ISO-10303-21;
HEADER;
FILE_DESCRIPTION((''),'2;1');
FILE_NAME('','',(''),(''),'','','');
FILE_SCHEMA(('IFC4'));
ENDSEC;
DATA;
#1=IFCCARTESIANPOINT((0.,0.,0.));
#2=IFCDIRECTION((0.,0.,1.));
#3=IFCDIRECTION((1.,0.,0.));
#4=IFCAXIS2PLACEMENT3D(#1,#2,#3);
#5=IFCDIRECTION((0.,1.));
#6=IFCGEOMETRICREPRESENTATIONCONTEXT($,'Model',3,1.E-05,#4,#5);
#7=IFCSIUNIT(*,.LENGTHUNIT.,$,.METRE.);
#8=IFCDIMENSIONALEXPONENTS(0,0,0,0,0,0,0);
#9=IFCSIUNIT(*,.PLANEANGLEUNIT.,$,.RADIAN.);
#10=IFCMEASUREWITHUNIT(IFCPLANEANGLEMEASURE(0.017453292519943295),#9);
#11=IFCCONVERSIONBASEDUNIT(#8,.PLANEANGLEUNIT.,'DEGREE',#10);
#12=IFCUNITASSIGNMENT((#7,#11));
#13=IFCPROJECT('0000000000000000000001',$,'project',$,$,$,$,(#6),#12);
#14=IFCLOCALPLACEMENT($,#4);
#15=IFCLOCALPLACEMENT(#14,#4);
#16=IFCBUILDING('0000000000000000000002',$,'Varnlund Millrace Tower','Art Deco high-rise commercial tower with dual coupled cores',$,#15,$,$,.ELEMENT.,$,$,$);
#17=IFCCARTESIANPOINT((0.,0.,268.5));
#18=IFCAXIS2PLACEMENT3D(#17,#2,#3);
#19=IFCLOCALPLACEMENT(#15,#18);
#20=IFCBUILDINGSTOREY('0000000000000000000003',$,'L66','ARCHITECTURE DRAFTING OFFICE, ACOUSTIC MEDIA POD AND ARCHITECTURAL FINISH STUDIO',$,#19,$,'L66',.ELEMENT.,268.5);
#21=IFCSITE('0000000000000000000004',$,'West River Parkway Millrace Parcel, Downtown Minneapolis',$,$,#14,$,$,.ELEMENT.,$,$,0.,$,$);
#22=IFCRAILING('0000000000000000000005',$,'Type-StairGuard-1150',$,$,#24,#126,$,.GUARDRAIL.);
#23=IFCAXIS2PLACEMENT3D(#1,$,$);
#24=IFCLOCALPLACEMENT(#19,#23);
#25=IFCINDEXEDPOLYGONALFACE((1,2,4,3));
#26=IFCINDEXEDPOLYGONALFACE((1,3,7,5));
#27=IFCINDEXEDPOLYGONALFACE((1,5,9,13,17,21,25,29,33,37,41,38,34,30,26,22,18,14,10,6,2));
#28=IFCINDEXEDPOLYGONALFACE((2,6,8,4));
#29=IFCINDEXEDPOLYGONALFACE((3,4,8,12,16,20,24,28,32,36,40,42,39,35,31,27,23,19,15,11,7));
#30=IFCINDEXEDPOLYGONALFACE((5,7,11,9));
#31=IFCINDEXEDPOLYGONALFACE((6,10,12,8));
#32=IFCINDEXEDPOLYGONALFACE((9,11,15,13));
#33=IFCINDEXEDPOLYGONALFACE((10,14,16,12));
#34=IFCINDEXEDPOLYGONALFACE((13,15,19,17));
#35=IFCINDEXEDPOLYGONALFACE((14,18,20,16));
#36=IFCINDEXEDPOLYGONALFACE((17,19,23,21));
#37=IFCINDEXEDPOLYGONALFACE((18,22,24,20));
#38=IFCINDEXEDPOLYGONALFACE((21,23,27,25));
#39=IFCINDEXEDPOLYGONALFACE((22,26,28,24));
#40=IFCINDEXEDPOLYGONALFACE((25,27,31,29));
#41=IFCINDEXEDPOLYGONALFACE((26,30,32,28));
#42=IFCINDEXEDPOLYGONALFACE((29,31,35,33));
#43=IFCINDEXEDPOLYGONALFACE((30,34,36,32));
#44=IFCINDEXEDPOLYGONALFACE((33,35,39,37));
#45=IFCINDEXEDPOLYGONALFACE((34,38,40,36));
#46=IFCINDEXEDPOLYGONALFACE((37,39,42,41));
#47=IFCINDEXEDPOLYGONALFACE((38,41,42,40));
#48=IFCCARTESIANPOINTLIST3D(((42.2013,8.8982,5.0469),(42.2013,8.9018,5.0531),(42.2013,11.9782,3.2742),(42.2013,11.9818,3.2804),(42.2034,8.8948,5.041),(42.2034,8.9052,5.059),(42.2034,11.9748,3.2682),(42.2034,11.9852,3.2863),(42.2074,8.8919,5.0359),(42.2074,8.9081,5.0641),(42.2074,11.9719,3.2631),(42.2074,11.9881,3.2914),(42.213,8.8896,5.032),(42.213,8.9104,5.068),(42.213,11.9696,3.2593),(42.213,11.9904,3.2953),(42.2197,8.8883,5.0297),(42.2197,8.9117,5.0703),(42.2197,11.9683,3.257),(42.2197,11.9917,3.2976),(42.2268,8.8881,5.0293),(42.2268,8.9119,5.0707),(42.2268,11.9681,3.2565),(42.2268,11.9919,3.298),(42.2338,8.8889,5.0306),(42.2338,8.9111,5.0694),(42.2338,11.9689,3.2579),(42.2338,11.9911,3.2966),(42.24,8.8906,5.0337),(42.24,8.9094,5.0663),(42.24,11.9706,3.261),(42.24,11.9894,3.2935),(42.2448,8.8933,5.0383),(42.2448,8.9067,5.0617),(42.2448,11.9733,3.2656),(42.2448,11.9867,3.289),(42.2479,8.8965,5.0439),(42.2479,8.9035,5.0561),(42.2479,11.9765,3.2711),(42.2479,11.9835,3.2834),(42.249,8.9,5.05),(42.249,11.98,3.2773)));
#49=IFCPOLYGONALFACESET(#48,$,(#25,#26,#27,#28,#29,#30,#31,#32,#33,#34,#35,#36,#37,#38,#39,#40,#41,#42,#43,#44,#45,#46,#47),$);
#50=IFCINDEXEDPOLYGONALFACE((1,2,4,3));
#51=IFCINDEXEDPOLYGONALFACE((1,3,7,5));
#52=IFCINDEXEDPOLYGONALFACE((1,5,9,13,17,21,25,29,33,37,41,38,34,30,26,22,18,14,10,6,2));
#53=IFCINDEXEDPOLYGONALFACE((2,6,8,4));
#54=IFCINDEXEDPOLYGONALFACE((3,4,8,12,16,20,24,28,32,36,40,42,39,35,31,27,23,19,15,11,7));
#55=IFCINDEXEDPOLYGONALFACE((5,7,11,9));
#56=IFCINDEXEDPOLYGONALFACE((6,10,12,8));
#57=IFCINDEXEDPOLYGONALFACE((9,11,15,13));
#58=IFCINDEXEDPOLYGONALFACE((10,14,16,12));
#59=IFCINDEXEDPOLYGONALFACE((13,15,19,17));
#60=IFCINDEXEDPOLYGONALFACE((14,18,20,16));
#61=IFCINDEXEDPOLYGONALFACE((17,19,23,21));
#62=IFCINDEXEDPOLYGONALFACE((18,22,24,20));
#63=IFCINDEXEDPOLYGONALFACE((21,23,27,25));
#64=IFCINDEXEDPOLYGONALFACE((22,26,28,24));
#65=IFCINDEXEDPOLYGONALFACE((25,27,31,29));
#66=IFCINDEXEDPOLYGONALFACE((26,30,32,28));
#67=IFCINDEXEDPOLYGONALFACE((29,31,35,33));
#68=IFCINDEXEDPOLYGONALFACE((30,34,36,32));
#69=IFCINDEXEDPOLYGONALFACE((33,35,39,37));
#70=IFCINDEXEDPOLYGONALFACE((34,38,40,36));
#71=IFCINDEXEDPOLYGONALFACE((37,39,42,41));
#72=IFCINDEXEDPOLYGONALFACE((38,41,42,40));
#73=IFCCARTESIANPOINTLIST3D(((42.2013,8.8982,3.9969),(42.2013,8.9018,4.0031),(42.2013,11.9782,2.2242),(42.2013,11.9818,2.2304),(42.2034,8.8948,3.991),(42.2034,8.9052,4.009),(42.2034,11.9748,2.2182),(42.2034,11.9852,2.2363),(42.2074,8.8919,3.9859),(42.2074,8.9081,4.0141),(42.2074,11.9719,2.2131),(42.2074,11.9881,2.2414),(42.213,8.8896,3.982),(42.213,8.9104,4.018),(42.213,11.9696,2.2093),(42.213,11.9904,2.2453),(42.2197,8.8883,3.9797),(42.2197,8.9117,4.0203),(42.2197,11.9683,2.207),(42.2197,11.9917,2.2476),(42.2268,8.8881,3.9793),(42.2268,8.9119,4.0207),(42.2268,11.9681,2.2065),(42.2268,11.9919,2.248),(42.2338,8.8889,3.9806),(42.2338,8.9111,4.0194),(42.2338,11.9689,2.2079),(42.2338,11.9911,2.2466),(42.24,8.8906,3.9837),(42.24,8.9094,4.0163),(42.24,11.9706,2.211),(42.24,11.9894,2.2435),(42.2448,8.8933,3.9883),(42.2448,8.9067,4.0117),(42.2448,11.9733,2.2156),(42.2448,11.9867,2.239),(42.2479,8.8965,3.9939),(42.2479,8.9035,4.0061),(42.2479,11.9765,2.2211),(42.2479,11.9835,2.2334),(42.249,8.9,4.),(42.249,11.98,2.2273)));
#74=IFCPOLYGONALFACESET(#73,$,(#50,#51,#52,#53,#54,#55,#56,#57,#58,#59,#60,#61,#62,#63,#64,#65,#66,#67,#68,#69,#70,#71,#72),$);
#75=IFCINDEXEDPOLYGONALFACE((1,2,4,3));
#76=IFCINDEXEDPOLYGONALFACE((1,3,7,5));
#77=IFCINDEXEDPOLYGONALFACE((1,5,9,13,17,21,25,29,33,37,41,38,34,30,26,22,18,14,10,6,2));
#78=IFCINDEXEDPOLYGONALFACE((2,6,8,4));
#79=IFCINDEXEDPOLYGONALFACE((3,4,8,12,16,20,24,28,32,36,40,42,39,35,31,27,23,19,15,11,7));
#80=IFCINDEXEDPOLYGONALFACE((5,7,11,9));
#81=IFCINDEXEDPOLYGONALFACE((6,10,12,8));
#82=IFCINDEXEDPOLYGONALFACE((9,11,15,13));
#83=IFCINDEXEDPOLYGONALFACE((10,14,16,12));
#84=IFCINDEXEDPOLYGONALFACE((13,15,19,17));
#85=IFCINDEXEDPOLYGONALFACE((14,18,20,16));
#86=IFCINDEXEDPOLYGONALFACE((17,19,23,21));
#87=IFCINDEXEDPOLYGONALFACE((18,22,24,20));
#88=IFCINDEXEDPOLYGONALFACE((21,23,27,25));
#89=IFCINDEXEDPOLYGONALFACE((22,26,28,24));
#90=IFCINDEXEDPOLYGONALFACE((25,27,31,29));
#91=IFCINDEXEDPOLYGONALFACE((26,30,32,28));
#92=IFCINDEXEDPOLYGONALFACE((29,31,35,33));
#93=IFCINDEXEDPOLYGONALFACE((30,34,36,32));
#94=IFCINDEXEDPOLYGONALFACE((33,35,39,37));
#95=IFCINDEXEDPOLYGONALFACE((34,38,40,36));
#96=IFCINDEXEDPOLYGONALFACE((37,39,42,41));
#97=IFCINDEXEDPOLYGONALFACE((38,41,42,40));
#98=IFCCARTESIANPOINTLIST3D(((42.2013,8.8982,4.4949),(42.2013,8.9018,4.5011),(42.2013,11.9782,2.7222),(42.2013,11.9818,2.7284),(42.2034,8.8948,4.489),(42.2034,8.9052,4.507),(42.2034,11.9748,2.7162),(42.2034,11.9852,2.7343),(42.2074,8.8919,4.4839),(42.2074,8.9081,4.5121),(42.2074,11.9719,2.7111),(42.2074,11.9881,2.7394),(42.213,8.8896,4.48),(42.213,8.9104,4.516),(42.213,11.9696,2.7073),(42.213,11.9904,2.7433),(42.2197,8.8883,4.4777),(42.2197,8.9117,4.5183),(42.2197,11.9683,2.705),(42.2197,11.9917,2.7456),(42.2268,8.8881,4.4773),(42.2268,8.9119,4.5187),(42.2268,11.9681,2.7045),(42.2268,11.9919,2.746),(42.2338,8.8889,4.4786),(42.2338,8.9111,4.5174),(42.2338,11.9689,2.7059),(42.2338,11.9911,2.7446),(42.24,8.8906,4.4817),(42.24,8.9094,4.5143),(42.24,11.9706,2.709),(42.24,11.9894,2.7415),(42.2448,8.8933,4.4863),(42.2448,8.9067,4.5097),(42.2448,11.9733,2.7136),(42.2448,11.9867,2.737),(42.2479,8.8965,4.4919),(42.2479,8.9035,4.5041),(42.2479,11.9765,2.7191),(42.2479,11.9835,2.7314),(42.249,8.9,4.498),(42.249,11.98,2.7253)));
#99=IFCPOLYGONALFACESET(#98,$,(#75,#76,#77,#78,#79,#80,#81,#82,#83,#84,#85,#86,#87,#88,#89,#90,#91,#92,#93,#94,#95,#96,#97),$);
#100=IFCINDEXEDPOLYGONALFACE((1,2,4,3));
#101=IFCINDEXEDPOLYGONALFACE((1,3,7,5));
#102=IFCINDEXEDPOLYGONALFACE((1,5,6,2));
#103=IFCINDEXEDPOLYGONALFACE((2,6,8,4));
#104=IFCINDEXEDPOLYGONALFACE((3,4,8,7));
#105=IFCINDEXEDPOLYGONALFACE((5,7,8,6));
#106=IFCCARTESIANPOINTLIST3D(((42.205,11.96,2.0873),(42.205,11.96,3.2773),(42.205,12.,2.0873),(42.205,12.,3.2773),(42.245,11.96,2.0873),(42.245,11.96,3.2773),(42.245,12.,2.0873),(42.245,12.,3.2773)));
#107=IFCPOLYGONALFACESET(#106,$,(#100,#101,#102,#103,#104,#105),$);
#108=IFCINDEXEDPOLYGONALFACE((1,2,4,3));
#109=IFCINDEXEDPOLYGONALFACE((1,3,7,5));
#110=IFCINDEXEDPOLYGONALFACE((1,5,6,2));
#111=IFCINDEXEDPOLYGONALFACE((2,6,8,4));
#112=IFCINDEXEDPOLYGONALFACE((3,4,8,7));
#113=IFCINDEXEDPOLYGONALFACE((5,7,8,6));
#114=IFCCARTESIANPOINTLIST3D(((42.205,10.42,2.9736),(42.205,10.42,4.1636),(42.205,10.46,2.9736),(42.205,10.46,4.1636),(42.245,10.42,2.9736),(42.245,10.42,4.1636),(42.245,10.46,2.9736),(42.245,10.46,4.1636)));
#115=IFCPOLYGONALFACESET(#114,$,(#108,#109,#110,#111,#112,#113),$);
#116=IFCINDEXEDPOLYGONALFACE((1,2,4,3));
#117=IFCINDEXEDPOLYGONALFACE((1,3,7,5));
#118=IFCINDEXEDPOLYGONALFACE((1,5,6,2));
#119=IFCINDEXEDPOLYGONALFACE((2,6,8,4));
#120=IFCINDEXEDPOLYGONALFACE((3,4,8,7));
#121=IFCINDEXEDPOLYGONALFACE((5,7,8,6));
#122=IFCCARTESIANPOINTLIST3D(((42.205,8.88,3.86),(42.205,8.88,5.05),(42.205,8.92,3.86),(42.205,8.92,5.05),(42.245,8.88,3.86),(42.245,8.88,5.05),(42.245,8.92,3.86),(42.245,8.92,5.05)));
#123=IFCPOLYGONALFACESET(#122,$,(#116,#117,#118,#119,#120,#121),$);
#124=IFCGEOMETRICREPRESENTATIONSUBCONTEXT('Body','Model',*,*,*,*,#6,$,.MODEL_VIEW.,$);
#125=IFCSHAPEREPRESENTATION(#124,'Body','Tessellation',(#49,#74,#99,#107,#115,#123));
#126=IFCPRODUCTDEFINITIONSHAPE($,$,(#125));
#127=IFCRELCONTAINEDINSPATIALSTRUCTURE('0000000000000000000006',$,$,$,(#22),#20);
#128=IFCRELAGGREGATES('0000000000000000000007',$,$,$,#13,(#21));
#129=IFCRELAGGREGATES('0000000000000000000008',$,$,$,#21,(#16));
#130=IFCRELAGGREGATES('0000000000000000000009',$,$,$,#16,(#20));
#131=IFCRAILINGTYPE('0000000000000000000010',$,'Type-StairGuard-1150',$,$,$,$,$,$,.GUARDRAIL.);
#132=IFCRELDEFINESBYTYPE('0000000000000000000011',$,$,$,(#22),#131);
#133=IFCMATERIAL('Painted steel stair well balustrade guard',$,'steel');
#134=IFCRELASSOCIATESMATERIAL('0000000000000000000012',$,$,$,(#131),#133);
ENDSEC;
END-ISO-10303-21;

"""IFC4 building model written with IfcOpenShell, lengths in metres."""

from ifc_helpers import new_model, entity, si_unit, converted_unit, direction, frame, origin_with_axes, origin_2d_with_axis, place, context, subcontext, project, spatial, rectangle, circle, extrude, material, type_object, element, save


model = new_model("IFC4")

# Units and contexts
model_context = context("Model", 3, precision=1e-05, world=origin_with_axes(), true_north=direction((0.0, 1.0)))
body_context = subcontext(model_context, "Body", "Model", "MODEL_VIEW")
ifc_project = project(units=[si_unit("LENGTHUNIT", "METRE"), converted_unit("PLANEANGLEUNIT", "DEGREE", entity("IfcPlaneAngleMeasure", 0.017453292519943295), si_unit("PLANEANGLEUNIT", "RADIAN"), dimensions=[0, 0, 0, 0, 0, 0, 0])], contexts=[model_context])

# Site, building, storey
site_placement = place(None, origin_with_axes())
site = spatial("IfcSite", under=ifc_project, at=site_placement, Name="West River Parkway Millrace Parcel, Downtown Minneapolis", CompositionType="ELEMENT", RefElevation=0.0)
building_placement = place(site_placement, origin_with_axes())
building = spatial("IfcBuilding", under=site, at=building_placement, Name="Varnlund Millrace Tower", Description="Art Deco high-rise commercial tower with dual coupled cores", CompositionType="ELEMENT")
storey_placement = place(building_placement, frame((0.0, 0.0, 268.5), z_axis=(0.0, 0.0, 1.0), x_axis=(1.0, 0.0, 0.0)))
storey = spatial("IfcBuildingStorey", under=building, at=storey_placement, Name="L66", Description="ARCHITECTURE DRAFTING OFFICE, ACOUSTIC MEDIA POD AND ARCHITECTURAL FINISH STUDIO", LongName="L66", CompositionType="ELEMENT", Elevation=268.5)

# Railing
ifc_material_1 = material(Name="Painted steel stair well balustrade guard", Category="steel")
railing_type_1 = type_object("IfcRailingType", Name="Type-StairGuard-1150", PredefinedType="GUARDRAIL", material=ifc_material_1)
railing_1_placement = place(storey_placement, frame((0.0, 0.0, -268.5), z_axis=(0.0, 0.0, 1.0), x_axis=(1.0, 0.0, 0.0)))
element("IfcRailing", 1, at=railing_1_placement, inside=storey, type_object=railing_type_1, Name="Type-StairGuard-1150", PredefinedType="GUARDRAIL", context=body_context, shape_type="SweptSolid", body=[
    extrude(circle(Radius=0.024, at=origin_2d_with_axis()), frame((42.225, 11.98, 271.7773), z_axis=(0.0, -0.866696, 0.498836), x_axis=(1.0, 0.0, 0.0)), (0.0, 0.0, 1.0), 3.5537),
    extrude(circle(Radius=0.024, at=origin_2d_with_axis()), frame((42.225, 11.98, 270.7273), z_axis=(0.0, -0.866696, 0.498836), x_axis=(1.0, 0.0, 0.0)), (0.0, 0.0, 1.0), 3.5537),
    extrude(circle(Radius=0.024, at=origin_2d_with_axis()), frame((42.225, 11.98, 271.2253), z_axis=(0.0, -0.866696, 0.498836), x_axis=(1.0, 0.0, 0.0)), (0.0, 0.0, 1.0), 3.5537),
    extrude(rectangle(XDim=0.04, YDim=0.04, at=origin_2d_with_axis()), frame((42.225, 11.98, 270.5873), z_axis=(0.0, 0.0, 1.0), x_axis=(1.0, 0.0, 0.0)), (0.0, 0.0, 1.0), 1.19),
    extrude(rectangle(XDim=0.04, YDim=0.04, at=origin_2d_with_axis()), frame((42.225, 10.44, 271.4736), z_axis=(0.0, 0.0, 1.0), x_axis=(1.0, 0.0, 0.0)), (0.0, 0.0, 1.0), 1.19),
    extrude(rectangle(XDim=0.04, YDim=0.04, at=origin_2d_with_axis()), frame((42.225, 8.9, 272.36), z_axis=(0.0, 0.0, 1.0), x_axis=(1.0, 0.0, 0.0)), (0.0, 0.0, 1.0), 1.19),
])

save(model, "model.ifc")
